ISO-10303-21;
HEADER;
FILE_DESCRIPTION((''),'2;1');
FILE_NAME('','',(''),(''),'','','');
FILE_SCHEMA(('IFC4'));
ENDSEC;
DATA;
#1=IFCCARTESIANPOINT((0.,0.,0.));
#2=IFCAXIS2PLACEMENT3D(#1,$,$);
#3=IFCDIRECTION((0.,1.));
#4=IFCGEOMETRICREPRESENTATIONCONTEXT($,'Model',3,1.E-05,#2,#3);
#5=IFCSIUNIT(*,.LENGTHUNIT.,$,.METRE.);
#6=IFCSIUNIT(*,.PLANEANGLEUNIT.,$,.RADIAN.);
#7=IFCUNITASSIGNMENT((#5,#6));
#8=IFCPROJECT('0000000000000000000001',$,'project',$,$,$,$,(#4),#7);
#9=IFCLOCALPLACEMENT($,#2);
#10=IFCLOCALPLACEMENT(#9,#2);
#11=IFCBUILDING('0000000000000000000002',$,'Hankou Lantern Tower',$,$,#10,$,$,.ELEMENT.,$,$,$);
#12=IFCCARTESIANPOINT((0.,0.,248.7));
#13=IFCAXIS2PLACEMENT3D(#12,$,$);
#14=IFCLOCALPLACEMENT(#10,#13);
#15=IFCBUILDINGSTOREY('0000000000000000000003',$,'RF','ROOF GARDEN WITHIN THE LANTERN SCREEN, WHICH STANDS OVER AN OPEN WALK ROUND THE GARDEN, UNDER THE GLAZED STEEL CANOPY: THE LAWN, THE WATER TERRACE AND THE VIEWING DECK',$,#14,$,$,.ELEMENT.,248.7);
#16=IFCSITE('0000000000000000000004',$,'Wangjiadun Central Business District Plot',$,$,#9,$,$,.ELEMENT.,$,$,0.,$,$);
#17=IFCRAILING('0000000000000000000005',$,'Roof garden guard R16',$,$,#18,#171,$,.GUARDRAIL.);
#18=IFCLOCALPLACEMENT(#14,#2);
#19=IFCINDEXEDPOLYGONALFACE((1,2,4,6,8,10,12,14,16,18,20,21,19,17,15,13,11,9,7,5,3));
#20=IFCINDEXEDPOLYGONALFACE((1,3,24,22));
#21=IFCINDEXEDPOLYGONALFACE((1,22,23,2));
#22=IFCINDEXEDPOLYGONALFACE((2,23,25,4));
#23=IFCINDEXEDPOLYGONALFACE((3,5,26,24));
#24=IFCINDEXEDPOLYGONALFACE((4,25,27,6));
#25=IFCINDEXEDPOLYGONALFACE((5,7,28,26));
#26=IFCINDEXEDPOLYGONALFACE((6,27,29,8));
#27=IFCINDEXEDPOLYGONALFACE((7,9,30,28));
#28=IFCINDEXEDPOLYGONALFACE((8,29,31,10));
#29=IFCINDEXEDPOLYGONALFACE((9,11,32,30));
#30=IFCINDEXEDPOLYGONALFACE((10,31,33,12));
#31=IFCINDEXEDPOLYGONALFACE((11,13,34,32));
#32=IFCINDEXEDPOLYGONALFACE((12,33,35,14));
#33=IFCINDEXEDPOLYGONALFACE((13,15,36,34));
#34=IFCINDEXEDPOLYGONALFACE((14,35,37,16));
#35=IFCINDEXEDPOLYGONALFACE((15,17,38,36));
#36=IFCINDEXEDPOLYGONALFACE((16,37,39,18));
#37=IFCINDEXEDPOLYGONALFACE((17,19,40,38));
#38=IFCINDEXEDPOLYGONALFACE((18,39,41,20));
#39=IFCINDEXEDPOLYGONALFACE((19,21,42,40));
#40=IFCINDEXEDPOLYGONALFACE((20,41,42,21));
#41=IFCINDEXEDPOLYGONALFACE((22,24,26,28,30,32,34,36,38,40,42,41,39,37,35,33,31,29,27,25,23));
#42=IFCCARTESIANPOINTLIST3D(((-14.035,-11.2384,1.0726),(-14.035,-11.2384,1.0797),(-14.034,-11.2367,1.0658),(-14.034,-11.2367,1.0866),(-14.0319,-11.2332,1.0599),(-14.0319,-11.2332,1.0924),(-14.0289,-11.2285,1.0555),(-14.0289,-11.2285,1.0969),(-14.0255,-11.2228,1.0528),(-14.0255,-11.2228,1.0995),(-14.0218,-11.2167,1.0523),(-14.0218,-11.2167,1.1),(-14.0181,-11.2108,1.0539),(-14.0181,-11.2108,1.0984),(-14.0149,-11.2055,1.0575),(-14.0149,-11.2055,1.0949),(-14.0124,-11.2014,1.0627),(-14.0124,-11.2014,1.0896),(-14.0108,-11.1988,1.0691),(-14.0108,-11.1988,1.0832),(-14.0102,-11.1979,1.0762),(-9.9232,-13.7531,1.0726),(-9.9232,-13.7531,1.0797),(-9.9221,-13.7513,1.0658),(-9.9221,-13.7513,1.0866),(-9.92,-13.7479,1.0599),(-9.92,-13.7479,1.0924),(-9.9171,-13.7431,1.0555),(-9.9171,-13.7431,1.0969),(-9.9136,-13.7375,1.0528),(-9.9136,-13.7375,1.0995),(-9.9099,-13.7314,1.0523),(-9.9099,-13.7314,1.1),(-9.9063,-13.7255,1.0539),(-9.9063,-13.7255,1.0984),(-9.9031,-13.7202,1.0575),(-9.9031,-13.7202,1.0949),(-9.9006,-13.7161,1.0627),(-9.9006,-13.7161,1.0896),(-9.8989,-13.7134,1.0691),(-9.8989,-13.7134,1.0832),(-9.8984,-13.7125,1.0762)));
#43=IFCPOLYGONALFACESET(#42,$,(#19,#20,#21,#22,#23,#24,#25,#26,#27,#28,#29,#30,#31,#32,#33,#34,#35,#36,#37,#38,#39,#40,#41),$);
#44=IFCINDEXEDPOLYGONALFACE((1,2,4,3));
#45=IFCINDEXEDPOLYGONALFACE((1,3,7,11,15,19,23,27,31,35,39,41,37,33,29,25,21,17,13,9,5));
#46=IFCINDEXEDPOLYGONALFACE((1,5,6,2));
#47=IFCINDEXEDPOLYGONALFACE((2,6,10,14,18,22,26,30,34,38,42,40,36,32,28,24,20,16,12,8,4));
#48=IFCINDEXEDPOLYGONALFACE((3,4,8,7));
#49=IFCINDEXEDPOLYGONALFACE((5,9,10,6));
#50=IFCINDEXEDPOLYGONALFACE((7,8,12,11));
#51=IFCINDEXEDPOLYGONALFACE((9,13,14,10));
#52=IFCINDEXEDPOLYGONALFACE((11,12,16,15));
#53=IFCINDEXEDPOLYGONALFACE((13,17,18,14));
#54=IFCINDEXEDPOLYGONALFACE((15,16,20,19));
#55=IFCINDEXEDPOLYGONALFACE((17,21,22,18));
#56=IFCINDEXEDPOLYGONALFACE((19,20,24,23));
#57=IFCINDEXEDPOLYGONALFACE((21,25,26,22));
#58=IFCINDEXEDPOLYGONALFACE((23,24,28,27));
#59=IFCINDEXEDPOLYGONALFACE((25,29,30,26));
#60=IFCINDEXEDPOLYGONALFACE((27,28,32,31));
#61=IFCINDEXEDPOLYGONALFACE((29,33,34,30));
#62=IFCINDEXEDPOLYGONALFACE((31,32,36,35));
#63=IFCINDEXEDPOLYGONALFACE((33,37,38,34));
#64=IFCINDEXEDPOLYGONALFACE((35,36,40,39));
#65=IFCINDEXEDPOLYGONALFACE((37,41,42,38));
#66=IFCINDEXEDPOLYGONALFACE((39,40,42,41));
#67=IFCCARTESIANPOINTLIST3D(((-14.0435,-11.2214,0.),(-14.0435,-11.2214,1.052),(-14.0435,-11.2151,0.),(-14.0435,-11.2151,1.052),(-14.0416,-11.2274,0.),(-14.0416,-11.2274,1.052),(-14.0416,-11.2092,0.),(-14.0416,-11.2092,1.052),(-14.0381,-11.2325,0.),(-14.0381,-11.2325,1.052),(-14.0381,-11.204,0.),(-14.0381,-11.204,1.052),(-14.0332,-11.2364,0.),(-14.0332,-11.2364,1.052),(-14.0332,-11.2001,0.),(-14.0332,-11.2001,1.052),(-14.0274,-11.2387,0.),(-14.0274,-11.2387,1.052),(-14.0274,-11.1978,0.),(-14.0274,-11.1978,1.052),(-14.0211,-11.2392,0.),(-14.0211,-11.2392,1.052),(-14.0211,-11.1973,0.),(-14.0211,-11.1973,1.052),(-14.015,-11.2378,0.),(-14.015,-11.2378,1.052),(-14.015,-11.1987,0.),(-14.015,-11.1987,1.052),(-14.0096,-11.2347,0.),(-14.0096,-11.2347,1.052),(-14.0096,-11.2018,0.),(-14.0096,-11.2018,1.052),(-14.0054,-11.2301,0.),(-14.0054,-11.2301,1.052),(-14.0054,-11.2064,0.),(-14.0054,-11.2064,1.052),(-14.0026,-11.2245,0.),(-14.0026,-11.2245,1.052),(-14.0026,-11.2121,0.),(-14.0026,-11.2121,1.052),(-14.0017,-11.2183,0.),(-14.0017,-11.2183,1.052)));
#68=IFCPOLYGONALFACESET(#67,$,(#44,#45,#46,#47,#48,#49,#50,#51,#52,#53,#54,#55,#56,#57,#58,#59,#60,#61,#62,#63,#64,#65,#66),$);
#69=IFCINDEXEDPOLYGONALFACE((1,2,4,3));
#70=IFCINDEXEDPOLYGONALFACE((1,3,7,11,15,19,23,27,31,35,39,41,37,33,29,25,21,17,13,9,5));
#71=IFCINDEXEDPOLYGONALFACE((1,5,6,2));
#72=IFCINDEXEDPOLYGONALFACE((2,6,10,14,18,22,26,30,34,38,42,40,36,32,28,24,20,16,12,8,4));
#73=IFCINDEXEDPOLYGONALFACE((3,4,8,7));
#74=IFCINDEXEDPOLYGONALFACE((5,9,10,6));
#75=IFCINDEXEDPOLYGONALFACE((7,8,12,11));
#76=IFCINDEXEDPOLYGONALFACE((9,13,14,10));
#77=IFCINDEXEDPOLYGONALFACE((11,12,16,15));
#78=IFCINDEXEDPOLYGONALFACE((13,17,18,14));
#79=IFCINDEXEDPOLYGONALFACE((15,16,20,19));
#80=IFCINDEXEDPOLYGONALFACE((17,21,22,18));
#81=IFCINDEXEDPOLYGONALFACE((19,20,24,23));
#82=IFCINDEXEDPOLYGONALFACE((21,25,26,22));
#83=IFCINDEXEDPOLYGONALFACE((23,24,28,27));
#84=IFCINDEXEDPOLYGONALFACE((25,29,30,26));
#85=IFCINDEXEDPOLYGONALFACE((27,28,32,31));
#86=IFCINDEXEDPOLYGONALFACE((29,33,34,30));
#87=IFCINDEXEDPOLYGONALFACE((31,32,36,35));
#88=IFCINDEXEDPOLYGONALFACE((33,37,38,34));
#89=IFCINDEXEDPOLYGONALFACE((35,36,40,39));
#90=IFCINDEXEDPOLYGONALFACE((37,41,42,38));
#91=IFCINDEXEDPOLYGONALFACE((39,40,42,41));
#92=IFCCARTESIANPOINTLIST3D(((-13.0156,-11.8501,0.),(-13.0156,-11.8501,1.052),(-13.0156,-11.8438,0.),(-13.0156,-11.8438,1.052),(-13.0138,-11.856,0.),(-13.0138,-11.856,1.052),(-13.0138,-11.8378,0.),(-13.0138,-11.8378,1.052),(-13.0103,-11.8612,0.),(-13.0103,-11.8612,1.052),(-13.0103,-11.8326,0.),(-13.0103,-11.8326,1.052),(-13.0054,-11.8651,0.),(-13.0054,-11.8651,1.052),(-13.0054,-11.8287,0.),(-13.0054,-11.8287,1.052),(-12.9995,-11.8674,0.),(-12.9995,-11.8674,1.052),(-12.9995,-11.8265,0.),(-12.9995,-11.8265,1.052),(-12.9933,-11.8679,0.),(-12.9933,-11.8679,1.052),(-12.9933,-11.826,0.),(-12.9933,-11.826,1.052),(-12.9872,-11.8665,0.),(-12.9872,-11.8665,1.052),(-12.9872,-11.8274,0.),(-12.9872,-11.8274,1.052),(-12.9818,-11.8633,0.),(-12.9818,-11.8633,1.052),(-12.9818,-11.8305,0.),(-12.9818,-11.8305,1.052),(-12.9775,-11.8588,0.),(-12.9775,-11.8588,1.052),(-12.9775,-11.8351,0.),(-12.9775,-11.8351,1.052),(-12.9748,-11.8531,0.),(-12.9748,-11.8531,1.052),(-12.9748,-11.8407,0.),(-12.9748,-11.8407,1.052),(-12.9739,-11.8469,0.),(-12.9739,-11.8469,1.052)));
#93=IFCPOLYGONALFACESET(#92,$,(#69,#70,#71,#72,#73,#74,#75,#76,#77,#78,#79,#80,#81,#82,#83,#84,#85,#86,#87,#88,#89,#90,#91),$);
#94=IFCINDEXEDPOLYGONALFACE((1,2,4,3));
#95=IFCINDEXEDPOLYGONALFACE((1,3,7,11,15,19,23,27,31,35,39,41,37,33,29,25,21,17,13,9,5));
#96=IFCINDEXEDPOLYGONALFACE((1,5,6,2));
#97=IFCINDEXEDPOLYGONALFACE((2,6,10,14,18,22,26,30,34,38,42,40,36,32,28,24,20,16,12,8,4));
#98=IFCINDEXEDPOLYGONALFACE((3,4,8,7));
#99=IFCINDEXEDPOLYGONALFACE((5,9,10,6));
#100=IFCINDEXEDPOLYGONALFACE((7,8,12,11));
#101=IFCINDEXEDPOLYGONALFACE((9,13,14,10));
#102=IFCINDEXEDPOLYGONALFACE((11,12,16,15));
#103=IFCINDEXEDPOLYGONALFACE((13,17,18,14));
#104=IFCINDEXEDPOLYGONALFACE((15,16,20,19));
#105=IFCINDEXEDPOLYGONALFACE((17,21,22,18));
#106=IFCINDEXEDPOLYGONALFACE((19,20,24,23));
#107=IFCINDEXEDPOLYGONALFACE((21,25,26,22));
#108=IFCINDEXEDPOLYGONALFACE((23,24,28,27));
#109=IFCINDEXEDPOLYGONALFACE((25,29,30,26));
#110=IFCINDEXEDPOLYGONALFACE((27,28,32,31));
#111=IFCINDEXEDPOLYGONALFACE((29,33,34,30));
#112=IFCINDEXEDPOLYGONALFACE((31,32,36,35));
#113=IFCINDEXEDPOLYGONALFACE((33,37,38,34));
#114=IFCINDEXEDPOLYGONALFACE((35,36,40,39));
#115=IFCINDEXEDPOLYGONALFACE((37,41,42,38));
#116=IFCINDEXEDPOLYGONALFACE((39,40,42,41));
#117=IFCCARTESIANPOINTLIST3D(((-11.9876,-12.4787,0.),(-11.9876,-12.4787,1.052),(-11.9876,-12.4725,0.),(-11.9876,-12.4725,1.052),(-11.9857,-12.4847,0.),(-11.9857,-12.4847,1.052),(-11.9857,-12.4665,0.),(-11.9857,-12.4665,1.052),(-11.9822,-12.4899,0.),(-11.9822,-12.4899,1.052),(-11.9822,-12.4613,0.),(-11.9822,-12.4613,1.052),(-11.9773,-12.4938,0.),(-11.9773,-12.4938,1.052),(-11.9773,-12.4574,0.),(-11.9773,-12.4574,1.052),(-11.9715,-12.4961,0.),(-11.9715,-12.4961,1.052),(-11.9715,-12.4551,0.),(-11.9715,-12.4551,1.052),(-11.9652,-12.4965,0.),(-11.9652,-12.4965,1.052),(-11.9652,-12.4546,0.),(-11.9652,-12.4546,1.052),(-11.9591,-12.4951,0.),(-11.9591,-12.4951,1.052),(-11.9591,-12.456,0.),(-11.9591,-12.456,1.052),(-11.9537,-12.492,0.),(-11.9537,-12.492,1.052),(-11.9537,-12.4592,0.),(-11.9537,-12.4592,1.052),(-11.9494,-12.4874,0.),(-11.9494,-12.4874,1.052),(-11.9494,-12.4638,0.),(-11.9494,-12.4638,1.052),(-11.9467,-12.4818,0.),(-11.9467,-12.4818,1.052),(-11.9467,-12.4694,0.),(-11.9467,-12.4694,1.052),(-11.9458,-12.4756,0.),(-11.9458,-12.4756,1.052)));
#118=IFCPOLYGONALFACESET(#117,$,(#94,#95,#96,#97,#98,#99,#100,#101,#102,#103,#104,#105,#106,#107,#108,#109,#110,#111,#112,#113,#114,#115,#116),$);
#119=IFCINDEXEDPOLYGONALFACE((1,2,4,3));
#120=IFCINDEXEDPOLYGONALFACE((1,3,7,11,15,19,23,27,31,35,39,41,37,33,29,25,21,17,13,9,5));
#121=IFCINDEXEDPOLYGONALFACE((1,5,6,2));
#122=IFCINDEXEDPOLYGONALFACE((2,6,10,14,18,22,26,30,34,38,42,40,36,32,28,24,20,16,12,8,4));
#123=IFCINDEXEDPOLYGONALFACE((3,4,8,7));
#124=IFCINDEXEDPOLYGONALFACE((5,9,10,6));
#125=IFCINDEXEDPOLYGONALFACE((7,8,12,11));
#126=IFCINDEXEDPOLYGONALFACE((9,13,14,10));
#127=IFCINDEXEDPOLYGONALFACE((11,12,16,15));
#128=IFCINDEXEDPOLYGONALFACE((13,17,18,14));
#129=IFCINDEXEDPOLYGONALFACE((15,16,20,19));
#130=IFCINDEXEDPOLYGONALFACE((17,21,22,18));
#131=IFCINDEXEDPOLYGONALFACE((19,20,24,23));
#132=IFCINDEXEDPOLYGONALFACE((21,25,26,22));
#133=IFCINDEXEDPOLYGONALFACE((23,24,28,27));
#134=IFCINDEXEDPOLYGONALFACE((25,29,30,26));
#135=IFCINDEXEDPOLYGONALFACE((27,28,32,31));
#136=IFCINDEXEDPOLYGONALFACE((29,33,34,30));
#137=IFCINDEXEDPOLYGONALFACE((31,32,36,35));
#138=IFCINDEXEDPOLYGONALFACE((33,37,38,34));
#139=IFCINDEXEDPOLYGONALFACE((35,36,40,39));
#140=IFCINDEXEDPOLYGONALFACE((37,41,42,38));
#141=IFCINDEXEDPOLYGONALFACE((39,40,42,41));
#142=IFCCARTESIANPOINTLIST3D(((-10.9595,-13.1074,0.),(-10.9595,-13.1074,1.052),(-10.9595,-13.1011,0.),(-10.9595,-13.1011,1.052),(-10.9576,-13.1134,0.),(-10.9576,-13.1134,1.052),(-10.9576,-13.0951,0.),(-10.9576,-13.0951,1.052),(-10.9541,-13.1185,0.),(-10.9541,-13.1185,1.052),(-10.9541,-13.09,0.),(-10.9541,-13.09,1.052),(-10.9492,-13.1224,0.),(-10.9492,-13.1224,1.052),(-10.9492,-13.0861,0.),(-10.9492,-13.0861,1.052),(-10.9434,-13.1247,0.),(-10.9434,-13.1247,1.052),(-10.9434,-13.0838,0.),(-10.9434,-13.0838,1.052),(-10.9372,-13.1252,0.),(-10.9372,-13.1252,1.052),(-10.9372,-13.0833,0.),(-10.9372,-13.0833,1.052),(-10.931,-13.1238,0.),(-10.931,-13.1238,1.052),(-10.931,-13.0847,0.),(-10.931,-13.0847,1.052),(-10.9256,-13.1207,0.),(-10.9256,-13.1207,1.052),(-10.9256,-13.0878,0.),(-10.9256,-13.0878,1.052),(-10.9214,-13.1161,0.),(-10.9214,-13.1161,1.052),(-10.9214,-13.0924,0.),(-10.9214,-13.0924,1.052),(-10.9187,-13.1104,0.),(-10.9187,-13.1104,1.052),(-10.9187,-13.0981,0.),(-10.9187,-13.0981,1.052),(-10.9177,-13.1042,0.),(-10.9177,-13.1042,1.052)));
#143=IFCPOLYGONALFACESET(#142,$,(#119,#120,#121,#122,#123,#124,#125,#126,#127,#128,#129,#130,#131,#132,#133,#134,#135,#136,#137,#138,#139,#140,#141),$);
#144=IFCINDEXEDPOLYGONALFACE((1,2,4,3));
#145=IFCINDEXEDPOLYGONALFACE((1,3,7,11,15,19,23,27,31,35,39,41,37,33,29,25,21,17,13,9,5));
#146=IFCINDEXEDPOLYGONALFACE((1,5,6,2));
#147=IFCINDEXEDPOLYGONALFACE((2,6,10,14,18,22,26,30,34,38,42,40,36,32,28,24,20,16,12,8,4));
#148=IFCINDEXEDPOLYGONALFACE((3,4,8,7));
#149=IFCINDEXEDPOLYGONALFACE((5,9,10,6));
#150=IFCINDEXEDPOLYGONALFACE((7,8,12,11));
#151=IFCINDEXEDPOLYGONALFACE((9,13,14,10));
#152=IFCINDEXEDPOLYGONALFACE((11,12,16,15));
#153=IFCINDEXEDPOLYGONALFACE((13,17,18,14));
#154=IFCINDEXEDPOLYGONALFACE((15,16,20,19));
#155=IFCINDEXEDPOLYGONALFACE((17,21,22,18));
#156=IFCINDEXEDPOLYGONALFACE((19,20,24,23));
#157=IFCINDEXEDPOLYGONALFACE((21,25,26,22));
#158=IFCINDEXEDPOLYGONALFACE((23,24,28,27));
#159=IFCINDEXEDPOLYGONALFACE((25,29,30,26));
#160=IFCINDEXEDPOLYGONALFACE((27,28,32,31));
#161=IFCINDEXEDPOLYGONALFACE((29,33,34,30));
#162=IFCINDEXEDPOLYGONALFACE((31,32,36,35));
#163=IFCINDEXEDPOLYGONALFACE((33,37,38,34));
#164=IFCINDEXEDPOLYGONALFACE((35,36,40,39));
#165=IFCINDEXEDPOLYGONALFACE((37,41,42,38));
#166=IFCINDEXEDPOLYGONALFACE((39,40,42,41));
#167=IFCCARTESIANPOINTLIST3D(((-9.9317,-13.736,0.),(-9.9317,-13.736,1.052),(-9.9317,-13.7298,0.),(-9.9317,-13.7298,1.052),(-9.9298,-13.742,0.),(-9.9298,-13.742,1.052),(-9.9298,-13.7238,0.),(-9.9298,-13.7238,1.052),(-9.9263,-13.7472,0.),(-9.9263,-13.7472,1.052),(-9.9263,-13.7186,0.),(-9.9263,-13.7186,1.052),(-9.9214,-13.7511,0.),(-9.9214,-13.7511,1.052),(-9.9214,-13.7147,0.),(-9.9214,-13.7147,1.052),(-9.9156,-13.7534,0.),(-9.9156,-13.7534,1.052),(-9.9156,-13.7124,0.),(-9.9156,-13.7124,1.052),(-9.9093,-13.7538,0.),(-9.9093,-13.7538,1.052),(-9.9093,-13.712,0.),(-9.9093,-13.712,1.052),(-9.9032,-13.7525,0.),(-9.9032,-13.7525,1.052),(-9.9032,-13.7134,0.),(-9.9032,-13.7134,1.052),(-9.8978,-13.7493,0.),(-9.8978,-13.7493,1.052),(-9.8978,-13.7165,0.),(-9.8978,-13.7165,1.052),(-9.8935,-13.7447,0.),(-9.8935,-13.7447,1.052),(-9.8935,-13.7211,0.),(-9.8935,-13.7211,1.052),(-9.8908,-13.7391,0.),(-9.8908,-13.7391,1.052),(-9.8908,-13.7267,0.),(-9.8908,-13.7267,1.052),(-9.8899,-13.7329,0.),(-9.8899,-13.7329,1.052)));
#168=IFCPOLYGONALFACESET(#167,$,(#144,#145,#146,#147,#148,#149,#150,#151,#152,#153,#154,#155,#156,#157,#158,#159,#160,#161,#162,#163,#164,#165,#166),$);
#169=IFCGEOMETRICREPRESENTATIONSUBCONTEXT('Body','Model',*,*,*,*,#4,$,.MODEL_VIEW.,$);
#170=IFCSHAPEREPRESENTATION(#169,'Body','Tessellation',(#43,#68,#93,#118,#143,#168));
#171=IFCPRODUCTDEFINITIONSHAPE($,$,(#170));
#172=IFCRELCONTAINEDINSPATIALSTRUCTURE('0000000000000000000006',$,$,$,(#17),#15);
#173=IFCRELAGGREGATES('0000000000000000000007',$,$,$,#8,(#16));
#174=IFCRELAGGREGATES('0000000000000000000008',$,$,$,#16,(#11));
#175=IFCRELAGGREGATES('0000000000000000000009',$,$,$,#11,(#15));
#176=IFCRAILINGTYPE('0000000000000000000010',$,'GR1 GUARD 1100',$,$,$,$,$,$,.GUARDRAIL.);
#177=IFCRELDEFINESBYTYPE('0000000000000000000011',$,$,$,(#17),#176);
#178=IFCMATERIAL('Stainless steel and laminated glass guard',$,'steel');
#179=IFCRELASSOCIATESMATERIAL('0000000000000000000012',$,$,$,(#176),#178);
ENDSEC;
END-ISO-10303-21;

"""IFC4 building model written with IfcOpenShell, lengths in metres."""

from ifc_helpers import new_model, si_unit, direction, frame, origin, origin_2d, place, context, subcontext, project, spatial, circle, extrude, material, type_object, element, save


model = new_model("IFC4")

# Units and contexts
model_context = context("Model", 3, precision=1e-05, world=origin(), true_north=direction((0.0, 1.0)))
body_context = subcontext(model_context, "Body", "Model", "MODEL_VIEW")
ifc_project = project(units=[si_unit("LENGTHUNIT", "METRE"), si_unit("PLANEANGLEUNIT", "RADIAN")], contexts=[model_context])

# Site, building, storey
site_placement = place(None, origin())
site = spatial("IfcSite", under=ifc_project, at=site_placement, Name="Wangjiadun Central Business District Plot", CompositionType="ELEMENT", RefElevation=0.0)
building_placement = place(site_placement, origin())
building = spatial("IfcBuilding", under=site, at=building_placement, Name="Hankou Lantern Tower", CompositionType="ELEMENT")
storey_placement = place(building_placement, frame((0.0, 0.0, 248.7)))
storey = spatial("IfcBuildingStorey", under=building, at=storey_placement, Name="RF", Description="ROOF GARDEN WITHIN THE LANTERN SCREEN, WHICH STANDS OVER AN OPEN WALK ROUND THE GARDEN, UNDER THE GLAZED STEEL CANOPY: THE LAWN, THE WATER TERRACE AND THE VIEWING DECK", CompositionType="ELEMENT", Elevation=248.7)

# Railing
ifc_material_1 = material(Name="Stainless steel and laminated glass guard", Category="steel")
railing_type = type_object("IfcRailingType", Name="GR1 GUARD 1100", PredefinedType="GUARDRAIL", material=ifc_material_1)
railing_1_placement = place(storey_placement, frame((-14.0227, -11.2183, 0.0)))
element("IfcRailing", 1, at=railing_1_placement, inside=storey, type_object=railing_type, Name="Roof garden guard R16", PredefinedType="GUARDRAIL", context=body_context, shape_type="SweptSolid", body=[
    extrude(circle(Radius=0.0239, at=origin_2d()), frame((0.0, 0.0, 1.0762), z_axis=(0.853109, -0.521733, 0.0), x_axis=(0.521733, 0.853109, 0.0)), (0.0, 0.0, 1.0), 4.8198),
    extrude(circle(Radius=0.021, at=origin_2d()), origin(), (0.0, 0.0, 1.0), 1.052),
    extrude(circle(Radius=0.021, at=origin_2d()), frame((1.0278, -0.6287, 0.0)), (0.0, 0.0, 1.0), 1.052),
    extrude(circle(Radius=0.021, at=origin_2d()), frame((2.0559, -1.2573, 0.0)), (0.0, 0.0, 1.0), 1.052),
    extrude(circle(Radius=0.021, at=origin_2d()), frame((3.084, -1.886, 0.0)), (0.0, 0.0, 1.0), 1.052),
    extrude(circle(Radius=0.021, at=origin_2d()), frame((4.1118, -2.5146, 0.0)), (0.0, 0.0, 1.0), 1.052),
])

save(model, "model.ifc")
